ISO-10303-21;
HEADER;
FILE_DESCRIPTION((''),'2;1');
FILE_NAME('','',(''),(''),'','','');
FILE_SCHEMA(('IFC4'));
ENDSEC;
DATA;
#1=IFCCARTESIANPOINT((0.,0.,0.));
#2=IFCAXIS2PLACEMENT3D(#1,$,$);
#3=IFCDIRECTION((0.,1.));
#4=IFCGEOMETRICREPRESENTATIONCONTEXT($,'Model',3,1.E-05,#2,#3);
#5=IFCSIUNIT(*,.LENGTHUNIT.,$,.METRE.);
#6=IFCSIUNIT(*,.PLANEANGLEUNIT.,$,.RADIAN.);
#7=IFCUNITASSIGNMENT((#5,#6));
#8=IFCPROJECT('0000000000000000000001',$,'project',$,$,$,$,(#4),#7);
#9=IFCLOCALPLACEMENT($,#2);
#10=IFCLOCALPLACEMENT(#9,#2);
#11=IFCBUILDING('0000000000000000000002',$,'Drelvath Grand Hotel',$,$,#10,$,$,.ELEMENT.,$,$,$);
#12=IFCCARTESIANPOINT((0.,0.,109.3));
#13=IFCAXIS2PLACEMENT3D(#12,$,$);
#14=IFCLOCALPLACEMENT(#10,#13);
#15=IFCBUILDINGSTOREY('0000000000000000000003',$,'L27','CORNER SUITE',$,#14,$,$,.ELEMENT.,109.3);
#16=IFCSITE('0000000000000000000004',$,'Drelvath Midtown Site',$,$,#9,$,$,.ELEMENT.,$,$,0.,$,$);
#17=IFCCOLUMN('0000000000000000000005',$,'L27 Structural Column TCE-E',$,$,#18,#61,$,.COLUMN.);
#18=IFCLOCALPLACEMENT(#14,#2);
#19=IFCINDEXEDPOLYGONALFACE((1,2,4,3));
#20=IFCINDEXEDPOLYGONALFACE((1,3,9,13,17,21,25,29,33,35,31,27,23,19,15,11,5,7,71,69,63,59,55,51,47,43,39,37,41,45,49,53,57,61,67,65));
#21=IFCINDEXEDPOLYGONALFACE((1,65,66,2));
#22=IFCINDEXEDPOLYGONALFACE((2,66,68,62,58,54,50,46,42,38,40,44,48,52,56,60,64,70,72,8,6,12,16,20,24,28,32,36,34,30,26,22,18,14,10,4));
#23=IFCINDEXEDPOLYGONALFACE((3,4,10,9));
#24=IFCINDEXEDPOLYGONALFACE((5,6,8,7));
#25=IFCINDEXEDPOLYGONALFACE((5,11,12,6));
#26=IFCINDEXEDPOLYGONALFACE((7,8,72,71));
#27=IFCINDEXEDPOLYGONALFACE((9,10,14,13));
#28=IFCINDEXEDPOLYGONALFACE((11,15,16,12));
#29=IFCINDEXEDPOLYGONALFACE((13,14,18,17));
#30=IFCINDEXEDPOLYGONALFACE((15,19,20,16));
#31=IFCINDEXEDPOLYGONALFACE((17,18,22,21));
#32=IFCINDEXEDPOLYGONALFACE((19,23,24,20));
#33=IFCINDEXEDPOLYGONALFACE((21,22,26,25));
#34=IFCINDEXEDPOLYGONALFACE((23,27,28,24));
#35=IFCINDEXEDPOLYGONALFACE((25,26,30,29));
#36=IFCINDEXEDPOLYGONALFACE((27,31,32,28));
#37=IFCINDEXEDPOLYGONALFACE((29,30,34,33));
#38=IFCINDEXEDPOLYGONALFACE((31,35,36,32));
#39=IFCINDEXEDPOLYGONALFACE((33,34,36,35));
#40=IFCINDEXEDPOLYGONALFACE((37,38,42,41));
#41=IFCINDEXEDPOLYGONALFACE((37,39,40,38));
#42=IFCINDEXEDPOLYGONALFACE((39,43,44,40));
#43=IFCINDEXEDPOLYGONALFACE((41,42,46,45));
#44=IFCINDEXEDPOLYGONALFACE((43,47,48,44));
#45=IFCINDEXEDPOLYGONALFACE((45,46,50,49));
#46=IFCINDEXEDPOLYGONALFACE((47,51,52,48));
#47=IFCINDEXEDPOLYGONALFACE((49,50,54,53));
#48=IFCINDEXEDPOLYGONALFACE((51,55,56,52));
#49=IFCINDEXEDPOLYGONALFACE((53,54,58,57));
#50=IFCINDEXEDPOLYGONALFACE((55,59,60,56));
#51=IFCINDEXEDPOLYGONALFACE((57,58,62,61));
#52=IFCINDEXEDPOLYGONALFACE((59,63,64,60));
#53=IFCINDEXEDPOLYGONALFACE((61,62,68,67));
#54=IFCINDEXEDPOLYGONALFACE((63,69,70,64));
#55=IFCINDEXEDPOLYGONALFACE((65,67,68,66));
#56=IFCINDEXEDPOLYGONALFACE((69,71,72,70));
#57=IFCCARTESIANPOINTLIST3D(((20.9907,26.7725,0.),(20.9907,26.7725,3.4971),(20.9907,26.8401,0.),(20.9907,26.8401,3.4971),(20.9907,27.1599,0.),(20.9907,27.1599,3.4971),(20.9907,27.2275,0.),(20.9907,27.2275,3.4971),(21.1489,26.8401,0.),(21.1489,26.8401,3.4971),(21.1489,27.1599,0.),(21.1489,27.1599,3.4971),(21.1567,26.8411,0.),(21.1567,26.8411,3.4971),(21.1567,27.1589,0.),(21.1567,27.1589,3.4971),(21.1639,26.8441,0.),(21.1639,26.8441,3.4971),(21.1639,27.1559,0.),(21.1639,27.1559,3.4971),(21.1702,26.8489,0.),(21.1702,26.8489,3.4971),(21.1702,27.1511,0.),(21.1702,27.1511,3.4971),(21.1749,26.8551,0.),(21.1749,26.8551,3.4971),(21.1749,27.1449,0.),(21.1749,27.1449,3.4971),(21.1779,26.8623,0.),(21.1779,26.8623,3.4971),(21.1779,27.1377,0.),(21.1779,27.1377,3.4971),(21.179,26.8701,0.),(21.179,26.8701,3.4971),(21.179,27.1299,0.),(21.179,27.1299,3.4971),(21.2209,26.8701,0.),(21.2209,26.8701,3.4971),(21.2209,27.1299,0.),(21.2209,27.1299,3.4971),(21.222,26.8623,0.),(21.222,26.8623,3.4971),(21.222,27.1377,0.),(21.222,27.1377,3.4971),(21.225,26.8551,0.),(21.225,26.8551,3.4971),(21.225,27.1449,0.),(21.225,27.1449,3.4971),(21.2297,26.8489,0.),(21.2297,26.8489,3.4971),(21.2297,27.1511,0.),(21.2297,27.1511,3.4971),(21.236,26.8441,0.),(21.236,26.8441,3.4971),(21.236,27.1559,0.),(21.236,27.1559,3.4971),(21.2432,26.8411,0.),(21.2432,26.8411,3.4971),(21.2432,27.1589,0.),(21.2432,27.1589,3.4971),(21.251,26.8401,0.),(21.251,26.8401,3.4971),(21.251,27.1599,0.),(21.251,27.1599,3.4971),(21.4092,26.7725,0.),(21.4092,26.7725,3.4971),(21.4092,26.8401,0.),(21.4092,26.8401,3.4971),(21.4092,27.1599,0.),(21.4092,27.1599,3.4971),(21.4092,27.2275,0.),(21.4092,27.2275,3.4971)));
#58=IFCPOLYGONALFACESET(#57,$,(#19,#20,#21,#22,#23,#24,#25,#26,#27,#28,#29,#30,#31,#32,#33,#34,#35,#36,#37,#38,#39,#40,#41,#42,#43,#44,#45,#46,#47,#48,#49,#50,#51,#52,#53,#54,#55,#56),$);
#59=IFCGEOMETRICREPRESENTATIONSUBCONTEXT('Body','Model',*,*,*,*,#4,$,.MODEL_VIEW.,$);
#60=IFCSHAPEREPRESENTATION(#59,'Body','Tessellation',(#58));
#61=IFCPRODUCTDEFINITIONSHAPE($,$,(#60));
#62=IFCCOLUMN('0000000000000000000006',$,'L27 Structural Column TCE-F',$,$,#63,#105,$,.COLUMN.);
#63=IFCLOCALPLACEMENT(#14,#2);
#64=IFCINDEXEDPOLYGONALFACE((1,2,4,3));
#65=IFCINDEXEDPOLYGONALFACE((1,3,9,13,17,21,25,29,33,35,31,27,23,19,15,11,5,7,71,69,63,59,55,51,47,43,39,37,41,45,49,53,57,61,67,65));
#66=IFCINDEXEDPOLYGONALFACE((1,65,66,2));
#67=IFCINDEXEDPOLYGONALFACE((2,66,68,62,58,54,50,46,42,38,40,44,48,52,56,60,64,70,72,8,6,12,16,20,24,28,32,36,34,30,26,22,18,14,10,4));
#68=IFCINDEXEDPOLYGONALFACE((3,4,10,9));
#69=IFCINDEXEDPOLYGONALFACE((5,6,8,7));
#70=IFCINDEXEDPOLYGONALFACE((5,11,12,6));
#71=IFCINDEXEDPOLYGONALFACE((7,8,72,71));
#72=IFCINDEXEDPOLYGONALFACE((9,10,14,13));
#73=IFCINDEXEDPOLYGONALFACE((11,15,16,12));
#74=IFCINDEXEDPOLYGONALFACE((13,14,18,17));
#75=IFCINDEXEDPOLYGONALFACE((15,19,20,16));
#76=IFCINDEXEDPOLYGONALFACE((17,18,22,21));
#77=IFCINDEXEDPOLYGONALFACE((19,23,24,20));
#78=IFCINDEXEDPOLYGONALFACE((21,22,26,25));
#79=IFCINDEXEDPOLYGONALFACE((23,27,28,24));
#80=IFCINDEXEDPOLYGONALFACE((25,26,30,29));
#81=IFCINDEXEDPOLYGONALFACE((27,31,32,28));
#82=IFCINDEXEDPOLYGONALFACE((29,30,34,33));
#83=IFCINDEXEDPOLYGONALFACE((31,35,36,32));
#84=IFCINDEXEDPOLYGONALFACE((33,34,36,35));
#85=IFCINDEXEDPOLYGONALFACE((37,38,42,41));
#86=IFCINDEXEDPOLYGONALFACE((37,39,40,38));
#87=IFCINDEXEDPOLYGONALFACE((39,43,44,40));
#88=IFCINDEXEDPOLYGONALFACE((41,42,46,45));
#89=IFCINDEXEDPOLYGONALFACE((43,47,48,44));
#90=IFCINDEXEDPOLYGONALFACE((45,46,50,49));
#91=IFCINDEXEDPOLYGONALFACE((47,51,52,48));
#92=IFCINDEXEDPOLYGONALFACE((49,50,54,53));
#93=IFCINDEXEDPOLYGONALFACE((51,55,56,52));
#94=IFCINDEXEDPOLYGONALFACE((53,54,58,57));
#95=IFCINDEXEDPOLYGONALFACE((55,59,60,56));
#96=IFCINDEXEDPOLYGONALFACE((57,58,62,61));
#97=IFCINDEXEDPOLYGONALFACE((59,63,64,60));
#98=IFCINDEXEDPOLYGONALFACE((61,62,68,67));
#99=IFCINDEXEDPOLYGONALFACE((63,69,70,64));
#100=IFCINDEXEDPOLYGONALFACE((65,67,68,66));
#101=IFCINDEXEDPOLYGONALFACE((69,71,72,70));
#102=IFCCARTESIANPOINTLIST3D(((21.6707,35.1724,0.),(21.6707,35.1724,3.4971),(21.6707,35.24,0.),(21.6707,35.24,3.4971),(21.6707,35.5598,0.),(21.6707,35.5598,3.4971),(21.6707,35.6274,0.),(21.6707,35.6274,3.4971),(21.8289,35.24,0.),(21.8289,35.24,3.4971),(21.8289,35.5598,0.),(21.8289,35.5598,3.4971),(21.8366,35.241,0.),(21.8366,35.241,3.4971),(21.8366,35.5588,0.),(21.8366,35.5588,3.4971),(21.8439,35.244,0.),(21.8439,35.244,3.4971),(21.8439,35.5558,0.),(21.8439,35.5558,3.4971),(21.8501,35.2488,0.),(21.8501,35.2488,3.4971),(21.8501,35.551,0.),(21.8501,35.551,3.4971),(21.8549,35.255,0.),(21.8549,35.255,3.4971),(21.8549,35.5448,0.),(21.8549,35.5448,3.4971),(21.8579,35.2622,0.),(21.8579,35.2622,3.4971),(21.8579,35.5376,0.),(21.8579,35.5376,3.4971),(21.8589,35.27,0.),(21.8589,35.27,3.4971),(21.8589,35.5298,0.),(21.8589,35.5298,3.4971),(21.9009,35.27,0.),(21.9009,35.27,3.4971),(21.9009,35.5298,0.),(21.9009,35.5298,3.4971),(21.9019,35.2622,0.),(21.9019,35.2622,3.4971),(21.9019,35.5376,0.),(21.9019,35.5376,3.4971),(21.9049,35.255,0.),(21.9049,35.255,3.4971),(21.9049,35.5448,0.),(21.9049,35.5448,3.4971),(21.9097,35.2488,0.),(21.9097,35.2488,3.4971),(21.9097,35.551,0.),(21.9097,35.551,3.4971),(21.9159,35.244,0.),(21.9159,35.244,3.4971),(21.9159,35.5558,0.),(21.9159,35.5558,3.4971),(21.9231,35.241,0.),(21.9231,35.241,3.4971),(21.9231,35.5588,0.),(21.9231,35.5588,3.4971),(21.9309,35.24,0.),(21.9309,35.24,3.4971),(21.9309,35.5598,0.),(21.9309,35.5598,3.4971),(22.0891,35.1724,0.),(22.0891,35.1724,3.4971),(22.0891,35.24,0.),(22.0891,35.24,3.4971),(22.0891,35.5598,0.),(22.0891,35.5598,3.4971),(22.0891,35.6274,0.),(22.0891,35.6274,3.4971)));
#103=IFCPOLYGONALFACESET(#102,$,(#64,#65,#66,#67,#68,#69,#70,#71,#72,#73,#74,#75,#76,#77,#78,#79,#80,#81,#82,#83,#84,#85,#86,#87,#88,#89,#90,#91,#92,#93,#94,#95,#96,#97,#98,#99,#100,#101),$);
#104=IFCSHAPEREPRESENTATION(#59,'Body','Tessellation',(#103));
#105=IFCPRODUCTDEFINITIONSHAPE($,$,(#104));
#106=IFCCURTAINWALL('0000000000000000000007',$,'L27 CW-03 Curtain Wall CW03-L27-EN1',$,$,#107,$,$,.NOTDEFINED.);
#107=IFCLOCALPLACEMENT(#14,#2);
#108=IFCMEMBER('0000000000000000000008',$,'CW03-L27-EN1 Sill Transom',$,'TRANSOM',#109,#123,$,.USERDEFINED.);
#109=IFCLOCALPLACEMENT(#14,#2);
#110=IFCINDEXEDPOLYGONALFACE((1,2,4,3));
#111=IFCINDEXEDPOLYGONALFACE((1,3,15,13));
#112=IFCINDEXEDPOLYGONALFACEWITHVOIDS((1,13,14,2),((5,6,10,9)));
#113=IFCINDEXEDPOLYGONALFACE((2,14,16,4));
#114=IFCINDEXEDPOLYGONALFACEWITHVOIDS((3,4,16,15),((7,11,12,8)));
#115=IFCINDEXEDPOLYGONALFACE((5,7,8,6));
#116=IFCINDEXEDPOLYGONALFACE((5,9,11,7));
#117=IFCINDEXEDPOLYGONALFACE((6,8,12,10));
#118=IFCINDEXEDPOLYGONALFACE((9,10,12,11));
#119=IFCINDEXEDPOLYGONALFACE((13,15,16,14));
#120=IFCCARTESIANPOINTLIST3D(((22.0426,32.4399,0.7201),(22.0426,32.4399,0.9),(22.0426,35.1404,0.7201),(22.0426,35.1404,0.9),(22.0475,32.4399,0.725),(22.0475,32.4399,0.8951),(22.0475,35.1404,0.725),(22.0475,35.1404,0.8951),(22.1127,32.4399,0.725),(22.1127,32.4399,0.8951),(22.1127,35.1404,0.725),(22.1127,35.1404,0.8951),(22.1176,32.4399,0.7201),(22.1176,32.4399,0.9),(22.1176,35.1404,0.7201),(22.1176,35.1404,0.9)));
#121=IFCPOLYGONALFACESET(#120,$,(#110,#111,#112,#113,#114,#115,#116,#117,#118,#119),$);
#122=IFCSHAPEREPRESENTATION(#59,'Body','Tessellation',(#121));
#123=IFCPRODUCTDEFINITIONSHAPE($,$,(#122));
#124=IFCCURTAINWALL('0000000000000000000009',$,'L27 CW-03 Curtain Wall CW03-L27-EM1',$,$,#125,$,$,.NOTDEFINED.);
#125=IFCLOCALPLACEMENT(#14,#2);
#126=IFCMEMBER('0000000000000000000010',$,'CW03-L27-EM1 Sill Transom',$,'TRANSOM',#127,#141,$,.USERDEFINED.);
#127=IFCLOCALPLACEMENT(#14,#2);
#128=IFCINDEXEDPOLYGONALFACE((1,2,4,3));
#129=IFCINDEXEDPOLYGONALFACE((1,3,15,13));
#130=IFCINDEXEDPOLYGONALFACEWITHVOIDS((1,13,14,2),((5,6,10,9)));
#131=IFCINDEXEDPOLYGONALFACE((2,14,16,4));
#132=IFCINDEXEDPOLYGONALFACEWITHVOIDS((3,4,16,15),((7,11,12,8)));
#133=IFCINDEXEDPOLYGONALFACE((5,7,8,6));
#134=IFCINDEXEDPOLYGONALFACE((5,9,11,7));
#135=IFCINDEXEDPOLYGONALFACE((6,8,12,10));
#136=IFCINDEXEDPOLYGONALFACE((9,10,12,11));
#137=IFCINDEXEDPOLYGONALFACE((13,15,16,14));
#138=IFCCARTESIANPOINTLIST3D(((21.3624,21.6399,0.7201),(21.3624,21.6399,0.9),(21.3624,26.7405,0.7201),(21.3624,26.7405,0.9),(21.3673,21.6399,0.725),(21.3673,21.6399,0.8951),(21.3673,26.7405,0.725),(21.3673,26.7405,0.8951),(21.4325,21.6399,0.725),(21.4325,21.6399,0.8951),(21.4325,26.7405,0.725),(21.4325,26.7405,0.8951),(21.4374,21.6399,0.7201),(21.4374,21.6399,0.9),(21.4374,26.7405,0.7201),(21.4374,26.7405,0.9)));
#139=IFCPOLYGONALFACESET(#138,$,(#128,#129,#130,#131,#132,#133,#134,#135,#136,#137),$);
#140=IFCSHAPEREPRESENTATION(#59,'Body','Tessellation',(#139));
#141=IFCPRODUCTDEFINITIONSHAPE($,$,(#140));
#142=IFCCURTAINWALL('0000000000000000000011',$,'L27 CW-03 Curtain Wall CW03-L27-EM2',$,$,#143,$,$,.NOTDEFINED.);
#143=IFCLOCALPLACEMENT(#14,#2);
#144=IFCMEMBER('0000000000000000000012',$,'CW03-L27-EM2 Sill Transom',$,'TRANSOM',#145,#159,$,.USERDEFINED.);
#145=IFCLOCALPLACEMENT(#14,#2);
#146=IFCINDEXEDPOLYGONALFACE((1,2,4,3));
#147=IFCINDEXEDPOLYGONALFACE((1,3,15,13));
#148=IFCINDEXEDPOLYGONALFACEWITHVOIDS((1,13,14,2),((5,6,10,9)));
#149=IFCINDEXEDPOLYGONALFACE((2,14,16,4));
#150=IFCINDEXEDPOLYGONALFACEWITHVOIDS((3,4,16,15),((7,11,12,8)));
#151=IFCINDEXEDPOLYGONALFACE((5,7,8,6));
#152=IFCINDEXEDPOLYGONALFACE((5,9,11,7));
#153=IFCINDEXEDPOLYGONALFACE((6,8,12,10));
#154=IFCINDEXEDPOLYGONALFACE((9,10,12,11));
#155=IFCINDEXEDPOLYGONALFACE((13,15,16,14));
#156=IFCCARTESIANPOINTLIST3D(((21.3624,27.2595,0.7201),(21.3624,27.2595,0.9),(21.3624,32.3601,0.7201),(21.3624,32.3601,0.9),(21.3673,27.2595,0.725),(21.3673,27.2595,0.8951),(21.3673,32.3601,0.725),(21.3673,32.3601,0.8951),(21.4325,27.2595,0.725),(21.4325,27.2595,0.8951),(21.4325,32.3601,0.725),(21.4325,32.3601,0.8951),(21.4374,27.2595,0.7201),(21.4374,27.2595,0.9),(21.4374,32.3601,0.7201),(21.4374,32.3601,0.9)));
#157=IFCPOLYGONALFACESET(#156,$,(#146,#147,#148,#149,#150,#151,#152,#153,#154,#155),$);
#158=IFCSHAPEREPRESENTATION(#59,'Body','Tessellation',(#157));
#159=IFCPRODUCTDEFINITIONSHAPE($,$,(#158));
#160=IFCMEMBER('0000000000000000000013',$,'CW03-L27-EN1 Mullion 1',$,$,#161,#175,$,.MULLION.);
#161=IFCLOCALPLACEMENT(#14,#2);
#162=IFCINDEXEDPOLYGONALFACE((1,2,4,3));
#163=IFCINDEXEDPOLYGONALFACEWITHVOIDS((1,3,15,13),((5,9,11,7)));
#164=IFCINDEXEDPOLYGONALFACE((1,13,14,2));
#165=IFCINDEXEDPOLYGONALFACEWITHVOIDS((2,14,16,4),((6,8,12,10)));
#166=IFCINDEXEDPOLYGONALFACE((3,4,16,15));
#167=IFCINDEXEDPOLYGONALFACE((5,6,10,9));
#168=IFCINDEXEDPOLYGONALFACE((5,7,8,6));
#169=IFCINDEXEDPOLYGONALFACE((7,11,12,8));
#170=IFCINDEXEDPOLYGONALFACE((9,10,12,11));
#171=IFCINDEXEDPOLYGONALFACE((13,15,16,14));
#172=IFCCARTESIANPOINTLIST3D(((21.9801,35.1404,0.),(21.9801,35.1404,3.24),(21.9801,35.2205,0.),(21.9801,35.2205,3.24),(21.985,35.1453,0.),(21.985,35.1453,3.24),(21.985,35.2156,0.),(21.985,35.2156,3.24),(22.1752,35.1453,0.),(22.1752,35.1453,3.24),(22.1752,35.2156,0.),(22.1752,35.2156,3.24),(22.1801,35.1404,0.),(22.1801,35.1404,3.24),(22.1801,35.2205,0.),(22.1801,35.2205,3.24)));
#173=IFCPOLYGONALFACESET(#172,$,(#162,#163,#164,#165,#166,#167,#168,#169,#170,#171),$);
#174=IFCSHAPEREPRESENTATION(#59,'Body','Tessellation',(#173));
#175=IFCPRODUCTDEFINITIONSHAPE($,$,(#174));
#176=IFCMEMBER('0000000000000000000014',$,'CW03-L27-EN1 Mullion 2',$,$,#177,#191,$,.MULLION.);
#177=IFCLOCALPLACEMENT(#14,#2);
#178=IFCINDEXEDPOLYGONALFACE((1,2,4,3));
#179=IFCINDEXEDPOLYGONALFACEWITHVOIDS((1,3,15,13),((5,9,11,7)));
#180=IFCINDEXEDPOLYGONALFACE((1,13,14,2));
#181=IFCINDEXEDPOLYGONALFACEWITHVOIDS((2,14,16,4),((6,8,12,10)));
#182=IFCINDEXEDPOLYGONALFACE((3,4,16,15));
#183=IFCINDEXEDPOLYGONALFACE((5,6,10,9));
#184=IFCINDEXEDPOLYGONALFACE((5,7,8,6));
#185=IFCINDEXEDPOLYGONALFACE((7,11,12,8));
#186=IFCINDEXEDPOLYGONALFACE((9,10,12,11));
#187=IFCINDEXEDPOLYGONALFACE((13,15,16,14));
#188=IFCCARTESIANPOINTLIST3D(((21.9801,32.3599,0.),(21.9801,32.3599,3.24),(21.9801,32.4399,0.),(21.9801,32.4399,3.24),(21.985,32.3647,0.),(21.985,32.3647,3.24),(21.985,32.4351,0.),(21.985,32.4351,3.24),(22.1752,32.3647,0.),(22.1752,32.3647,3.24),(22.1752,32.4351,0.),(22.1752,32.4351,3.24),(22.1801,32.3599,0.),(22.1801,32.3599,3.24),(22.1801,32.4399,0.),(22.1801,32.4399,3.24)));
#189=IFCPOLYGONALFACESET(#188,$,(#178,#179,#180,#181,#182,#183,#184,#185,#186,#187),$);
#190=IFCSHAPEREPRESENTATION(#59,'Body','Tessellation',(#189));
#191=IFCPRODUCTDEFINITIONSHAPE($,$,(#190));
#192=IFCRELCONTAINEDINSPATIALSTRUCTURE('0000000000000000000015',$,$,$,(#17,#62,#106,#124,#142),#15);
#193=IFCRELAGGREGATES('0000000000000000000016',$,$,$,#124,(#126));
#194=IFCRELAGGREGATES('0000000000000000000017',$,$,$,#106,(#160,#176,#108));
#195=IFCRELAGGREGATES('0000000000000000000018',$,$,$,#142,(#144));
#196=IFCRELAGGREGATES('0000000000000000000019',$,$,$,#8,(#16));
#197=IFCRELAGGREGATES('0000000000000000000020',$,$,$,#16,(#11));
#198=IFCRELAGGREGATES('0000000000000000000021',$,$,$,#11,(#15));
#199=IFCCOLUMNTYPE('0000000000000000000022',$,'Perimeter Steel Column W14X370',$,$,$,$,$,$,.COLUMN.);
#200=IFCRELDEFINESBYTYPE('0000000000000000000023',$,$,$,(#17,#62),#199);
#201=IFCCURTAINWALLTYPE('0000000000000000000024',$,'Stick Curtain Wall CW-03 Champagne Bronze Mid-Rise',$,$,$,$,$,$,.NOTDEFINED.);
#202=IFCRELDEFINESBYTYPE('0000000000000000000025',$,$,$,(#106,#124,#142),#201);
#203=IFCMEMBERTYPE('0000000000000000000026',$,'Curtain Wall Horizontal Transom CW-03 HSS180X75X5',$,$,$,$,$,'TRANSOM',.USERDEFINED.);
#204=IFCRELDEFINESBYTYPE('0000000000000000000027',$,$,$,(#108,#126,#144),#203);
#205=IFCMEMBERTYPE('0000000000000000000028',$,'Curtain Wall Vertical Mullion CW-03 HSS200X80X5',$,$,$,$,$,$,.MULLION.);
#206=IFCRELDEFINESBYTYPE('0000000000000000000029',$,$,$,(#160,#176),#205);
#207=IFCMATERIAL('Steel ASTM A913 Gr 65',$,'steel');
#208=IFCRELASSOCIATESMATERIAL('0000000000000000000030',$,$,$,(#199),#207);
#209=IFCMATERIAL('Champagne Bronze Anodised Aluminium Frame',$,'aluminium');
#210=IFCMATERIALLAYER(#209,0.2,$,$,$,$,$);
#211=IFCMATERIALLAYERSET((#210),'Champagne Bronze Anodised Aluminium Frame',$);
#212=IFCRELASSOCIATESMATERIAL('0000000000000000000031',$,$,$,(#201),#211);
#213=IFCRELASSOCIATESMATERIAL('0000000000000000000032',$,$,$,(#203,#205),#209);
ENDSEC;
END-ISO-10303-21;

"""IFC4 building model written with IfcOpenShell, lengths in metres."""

from ifc_helpers import new_model, si_unit, direction, frame, origin, origin_2d, place, context, subcontext, project, spatial, hollow_rectangle, i_section, extrude, material, layer, layer_set, material_profile, profile_set, type_object, element, aggregate, save


model = new_model("IFC4")

# Units and contexts
model_context = context("Model", 3, precision=1e-05, world=origin(), true_north=direction((0.0, 1.0)))
body_context = subcontext(model_context, "Body", "Model", "MODEL_VIEW")
ifc_project = project(units=[si_unit("LENGTHUNIT", "METRE"), si_unit("PLANEANGLEUNIT", "RADIAN")], contexts=[model_context])

# Site, building, storey
site_placement = place(None, origin())
site = spatial("IfcSite", under=ifc_project, at=site_placement, Name="Drelvath Midtown Site", CompositionType="ELEMENT", RefElevation=0.0)
building_placement = place(site_placement, origin())
building = spatial("IfcBuilding", under=site, at=building_placement, Name="Drelvath Grand Hotel", CompositionType="ELEMENT")
storey_placement = place(building_placement, frame((0.0, 0.0, 109.3)))
storey = spatial("IfcBuildingStorey", under=building, at=storey_placement, Name="L27", Description="CORNER SUITE", CompositionType="ELEMENT", Elevation=109.3)

# Columns
ifc_material_1 = material(Name="Steel ASTM A913 Gr 65", Category="steel")
ifc_material_profile_1 = material_profile(ifc_material_1, i_section(OverallWidth=0.4185, OverallDepth=0.4551, WebThickness=0.042, FlangeThickness=0.0676, FilletRadius=0.03, at=origin_2d()), Name="W14X370")
ifc_profile_set_1 = profile_set([ifc_material_profile_1], Name="Steel ASTM A913 Gr 65")
column_type = type_object("IfcColumnType", Name="Perimeter Steel Column W14X370", PredefinedType="COLUMN", material=ifc_profile_set_1)
for number, where, z_axis, x_axis, name in (
    (1, (21.2, 27.0, 0.0), (0.0, 0.0, 1.0), (1.0, 0.0, 0.0), "L27 Structural Column TCE-E"),
    (2, (21.8799, 35.3999, 0.0), (0.0, 0.0, 1.0), (1.0, 0.0, 0.0), "L27 Structural Column TCE-F"),
):
    element("IfcColumn", number, at=place(storey_placement, frame(where, z_axis=z_axis, x_axis=x_axis)), inside=storey, type_object=column_type, Name=name, PredefinedType="COLUMN", context=body_context, shape_type="SweptSolid", body=[
        extrude(i_section(OverallWidth=0.4185, OverallDepth=0.4551, WebThickness=0.042, FlangeThickness=0.0676, FilletRadius=0.03, at=origin_2d()), origin(), (0.0, 0.0, 1.0), 3.4971),
    ])

# Curtain walls, members
ifc_material_2 = material(Name="Champagne Bronze Anodised Aluminium Frame", Category="aluminium")
ifc_layer_1 = layer(ifc_material_2, 0.2)
ifc_layer_set_1 = layer_set([ifc_layer_1], Name="Champagne Bronze Anodised Aluminium Frame")
curtain_wall_type = type_object("IfcCurtainWallType", Name="Stick Curtain Wall CW-03 Champagne Bronze Mid-Rise", PredefinedType="NOTDEFINED", material=ifc_layer_set_1)
curtain_wall_1_placement = place(storey_placement, origin())
curtain_wall_1 = element("IfcCurtainWall", 3, at=curtain_wall_1_placement, inside=storey, type_object=curtain_wall_type, Name="L27 CW-03 Curtain Wall CW03-L27-EN1", PredefinedType="NOTDEFINED")
ifc_material_profile_2 = material_profile(ifc_material_2, hollow_rectangle(XDim=0.075, YDim=0.1799, WallThickness=0.0049, at=origin_2d()), Name="HSS180X75X5")
ifc_profile_set_2 = profile_set([ifc_material_profile_2], Name="Champagne Bronze Anodised Aluminium Frame")
member_type_1 = type_object("IfcMemberType", Name="Curtain Wall Horizontal Transom CW-03 HSS180X75X5", ElementType="TRANSOM", PredefinedType="USERDEFINED", material=ifc_profile_set_2)
member_1_placement = place(storey_placement, frame((22.0801, 35.1404, 0.8101), z_axis=(0.0, -1.0, 0.0), x_axis=(1.0, 0.0, 0.0)))
member_1 = element("IfcMember", 4, at=member_1_placement, type_object=member_type_1, Name="CW03-L27-EN1 Sill Transom", ObjectType="TRANSOM", PredefinedType="USERDEFINED", context=body_context, shape_type="SweptSolid", body=[
    extrude(hollow_rectangle(XDim=0.075, YDim=0.1799, WallThickness=0.0049, at=origin_2d()), origin(), (0.0, 0.0, 1.0), 2.7004),
])
curtain_wall_2_placement = place(storey_placement, origin())
curtain_wall_2 = element("IfcCurtainWall", 5, at=curtain_wall_2_placement, inside=storey, type_object=curtain_wall_type, Name="L27 CW-03 Curtain Wall CW03-L27-EM1", PredefinedType="NOTDEFINED")
member_2_placement = place(storey_placement, frame((21.3999, 26.7405, 0.8101), z_axis=(0.0, -1.0, 0.0), x_axis=(1.0, 0.0, 0.0)))
member_2 = element("IfcMember", 6, at=member_2_placement, type_object=member_type_1, Name="CW03-L27-EM1 Sill Transom", ObjectType="TRANSOM", PredefinedType="USERDEFINED", context=body_context, shape_type="SweptSolid", body=[
    extrude(hollow_rectangle(XDim=0.075, YDim=0.1799, WallThickness=0.0049, at=origin_2d()), origin(), (0.0, 0.0, 1.0), 5.1006),
])
curtain_wall_3_placement = place(storey_placement, origin())
curtain_wall_3 = element("IfcCurtainWall", 7, at=curtain_wall_3_placement, inside=storey, type_object=curtain_wall_type, Name="L27 CW-03 Curtain Wall CW03-L27-EM2", PredefinedType="NOTDEFINED")
member_3_placement = place(storey_placement, frame((21.3999, 32.3601, 0.8101), z_axis=(0.0, -1.0, 0.0), x_axis=(1.0, 0.0, 0.0)))
member_3 = element("IfcMember", 8, at=member_3_placement, type_object=member_type_1, Name="CW03-L27-EM2 Sill Transom", ObjectType="TRANSOM", PredefinedType="USERDEFINED", context=body_context, shape_type="SweptSolid", body=[
    extrude(hollow_rectangle(XDim=0.075, YDim=0.1799, WallThickness=0.0049, at=origin_2d()), origin(), (0.0, 0.0, 1.0), 5.1006),
])

# Members
ifc_material_profile_3 = material_profile(ifc_material_2, hollow_rectangle(XDim=0.0801, YDim=0.2, WallThickness=0.0049, at=origin_2d()), Name="HSS200X80X5")
ifc_profile_set_3 = profile_set([ifc_material_profile_3], Name="Champagne Bronze Anodised Aluminium Frame")
member_type_2 = type_object("IfcMemberType", Name="Curtain Wall Vertical Mullion CW-03 HSS200X80X5", PredefinedType="MULLION", material=ifc_profile_set_3)
member_4_placement = place(storey_placement, frame((22.0801, 35.1804, 0.0), z_axis=(0.0, 0.0, 1.0), x_axis=(0.0, 1.0, 0.0)))
member_4 = element("IfcMember", 9, at=member_4_placement, type_object=member_type_2, Name="CW03-L27-EN1 Mullion 1", PredefinedType="MULLION", context=body_context, shape_type="SweptSolid", body=[
    extrude(hollow_rectangle(XDim=0.0801, YDim=0.2, WallThickness=0.0049, at=origin_2d()), origin(), (0.0, 0.0, 1.0), 3.24),
])
member_5_placement = place(storey_placement, frame((22.0801, 32.3999, 0.0), z_axis=(0.0, 0.0, 1.0), x_axis=(0.0, 1.0, 0.0)))
member_5 = element("IfcMember", 10, at=member_5_placement, type_object=member_type_2, Name="CW03-L27-EN1 Mullion 2", PredefinedType="MULLION", context=body_context, shape_type="SweptSolid", body=[
    extrude(hollow_rectangle(XDim=0.0801, YDim=0.2, WallThickness=0.0049, at=origin_2d()), origin(), (0.0, 0.0, 1.0), 3.24),
])

aggregate(curtain_wall_2, [member_2])

aggregate(curtain_wall_1, [member_4, member_5, member_1])
aggregate(curtain_wall_3, [member_3])

save(model, "model.ifc")
